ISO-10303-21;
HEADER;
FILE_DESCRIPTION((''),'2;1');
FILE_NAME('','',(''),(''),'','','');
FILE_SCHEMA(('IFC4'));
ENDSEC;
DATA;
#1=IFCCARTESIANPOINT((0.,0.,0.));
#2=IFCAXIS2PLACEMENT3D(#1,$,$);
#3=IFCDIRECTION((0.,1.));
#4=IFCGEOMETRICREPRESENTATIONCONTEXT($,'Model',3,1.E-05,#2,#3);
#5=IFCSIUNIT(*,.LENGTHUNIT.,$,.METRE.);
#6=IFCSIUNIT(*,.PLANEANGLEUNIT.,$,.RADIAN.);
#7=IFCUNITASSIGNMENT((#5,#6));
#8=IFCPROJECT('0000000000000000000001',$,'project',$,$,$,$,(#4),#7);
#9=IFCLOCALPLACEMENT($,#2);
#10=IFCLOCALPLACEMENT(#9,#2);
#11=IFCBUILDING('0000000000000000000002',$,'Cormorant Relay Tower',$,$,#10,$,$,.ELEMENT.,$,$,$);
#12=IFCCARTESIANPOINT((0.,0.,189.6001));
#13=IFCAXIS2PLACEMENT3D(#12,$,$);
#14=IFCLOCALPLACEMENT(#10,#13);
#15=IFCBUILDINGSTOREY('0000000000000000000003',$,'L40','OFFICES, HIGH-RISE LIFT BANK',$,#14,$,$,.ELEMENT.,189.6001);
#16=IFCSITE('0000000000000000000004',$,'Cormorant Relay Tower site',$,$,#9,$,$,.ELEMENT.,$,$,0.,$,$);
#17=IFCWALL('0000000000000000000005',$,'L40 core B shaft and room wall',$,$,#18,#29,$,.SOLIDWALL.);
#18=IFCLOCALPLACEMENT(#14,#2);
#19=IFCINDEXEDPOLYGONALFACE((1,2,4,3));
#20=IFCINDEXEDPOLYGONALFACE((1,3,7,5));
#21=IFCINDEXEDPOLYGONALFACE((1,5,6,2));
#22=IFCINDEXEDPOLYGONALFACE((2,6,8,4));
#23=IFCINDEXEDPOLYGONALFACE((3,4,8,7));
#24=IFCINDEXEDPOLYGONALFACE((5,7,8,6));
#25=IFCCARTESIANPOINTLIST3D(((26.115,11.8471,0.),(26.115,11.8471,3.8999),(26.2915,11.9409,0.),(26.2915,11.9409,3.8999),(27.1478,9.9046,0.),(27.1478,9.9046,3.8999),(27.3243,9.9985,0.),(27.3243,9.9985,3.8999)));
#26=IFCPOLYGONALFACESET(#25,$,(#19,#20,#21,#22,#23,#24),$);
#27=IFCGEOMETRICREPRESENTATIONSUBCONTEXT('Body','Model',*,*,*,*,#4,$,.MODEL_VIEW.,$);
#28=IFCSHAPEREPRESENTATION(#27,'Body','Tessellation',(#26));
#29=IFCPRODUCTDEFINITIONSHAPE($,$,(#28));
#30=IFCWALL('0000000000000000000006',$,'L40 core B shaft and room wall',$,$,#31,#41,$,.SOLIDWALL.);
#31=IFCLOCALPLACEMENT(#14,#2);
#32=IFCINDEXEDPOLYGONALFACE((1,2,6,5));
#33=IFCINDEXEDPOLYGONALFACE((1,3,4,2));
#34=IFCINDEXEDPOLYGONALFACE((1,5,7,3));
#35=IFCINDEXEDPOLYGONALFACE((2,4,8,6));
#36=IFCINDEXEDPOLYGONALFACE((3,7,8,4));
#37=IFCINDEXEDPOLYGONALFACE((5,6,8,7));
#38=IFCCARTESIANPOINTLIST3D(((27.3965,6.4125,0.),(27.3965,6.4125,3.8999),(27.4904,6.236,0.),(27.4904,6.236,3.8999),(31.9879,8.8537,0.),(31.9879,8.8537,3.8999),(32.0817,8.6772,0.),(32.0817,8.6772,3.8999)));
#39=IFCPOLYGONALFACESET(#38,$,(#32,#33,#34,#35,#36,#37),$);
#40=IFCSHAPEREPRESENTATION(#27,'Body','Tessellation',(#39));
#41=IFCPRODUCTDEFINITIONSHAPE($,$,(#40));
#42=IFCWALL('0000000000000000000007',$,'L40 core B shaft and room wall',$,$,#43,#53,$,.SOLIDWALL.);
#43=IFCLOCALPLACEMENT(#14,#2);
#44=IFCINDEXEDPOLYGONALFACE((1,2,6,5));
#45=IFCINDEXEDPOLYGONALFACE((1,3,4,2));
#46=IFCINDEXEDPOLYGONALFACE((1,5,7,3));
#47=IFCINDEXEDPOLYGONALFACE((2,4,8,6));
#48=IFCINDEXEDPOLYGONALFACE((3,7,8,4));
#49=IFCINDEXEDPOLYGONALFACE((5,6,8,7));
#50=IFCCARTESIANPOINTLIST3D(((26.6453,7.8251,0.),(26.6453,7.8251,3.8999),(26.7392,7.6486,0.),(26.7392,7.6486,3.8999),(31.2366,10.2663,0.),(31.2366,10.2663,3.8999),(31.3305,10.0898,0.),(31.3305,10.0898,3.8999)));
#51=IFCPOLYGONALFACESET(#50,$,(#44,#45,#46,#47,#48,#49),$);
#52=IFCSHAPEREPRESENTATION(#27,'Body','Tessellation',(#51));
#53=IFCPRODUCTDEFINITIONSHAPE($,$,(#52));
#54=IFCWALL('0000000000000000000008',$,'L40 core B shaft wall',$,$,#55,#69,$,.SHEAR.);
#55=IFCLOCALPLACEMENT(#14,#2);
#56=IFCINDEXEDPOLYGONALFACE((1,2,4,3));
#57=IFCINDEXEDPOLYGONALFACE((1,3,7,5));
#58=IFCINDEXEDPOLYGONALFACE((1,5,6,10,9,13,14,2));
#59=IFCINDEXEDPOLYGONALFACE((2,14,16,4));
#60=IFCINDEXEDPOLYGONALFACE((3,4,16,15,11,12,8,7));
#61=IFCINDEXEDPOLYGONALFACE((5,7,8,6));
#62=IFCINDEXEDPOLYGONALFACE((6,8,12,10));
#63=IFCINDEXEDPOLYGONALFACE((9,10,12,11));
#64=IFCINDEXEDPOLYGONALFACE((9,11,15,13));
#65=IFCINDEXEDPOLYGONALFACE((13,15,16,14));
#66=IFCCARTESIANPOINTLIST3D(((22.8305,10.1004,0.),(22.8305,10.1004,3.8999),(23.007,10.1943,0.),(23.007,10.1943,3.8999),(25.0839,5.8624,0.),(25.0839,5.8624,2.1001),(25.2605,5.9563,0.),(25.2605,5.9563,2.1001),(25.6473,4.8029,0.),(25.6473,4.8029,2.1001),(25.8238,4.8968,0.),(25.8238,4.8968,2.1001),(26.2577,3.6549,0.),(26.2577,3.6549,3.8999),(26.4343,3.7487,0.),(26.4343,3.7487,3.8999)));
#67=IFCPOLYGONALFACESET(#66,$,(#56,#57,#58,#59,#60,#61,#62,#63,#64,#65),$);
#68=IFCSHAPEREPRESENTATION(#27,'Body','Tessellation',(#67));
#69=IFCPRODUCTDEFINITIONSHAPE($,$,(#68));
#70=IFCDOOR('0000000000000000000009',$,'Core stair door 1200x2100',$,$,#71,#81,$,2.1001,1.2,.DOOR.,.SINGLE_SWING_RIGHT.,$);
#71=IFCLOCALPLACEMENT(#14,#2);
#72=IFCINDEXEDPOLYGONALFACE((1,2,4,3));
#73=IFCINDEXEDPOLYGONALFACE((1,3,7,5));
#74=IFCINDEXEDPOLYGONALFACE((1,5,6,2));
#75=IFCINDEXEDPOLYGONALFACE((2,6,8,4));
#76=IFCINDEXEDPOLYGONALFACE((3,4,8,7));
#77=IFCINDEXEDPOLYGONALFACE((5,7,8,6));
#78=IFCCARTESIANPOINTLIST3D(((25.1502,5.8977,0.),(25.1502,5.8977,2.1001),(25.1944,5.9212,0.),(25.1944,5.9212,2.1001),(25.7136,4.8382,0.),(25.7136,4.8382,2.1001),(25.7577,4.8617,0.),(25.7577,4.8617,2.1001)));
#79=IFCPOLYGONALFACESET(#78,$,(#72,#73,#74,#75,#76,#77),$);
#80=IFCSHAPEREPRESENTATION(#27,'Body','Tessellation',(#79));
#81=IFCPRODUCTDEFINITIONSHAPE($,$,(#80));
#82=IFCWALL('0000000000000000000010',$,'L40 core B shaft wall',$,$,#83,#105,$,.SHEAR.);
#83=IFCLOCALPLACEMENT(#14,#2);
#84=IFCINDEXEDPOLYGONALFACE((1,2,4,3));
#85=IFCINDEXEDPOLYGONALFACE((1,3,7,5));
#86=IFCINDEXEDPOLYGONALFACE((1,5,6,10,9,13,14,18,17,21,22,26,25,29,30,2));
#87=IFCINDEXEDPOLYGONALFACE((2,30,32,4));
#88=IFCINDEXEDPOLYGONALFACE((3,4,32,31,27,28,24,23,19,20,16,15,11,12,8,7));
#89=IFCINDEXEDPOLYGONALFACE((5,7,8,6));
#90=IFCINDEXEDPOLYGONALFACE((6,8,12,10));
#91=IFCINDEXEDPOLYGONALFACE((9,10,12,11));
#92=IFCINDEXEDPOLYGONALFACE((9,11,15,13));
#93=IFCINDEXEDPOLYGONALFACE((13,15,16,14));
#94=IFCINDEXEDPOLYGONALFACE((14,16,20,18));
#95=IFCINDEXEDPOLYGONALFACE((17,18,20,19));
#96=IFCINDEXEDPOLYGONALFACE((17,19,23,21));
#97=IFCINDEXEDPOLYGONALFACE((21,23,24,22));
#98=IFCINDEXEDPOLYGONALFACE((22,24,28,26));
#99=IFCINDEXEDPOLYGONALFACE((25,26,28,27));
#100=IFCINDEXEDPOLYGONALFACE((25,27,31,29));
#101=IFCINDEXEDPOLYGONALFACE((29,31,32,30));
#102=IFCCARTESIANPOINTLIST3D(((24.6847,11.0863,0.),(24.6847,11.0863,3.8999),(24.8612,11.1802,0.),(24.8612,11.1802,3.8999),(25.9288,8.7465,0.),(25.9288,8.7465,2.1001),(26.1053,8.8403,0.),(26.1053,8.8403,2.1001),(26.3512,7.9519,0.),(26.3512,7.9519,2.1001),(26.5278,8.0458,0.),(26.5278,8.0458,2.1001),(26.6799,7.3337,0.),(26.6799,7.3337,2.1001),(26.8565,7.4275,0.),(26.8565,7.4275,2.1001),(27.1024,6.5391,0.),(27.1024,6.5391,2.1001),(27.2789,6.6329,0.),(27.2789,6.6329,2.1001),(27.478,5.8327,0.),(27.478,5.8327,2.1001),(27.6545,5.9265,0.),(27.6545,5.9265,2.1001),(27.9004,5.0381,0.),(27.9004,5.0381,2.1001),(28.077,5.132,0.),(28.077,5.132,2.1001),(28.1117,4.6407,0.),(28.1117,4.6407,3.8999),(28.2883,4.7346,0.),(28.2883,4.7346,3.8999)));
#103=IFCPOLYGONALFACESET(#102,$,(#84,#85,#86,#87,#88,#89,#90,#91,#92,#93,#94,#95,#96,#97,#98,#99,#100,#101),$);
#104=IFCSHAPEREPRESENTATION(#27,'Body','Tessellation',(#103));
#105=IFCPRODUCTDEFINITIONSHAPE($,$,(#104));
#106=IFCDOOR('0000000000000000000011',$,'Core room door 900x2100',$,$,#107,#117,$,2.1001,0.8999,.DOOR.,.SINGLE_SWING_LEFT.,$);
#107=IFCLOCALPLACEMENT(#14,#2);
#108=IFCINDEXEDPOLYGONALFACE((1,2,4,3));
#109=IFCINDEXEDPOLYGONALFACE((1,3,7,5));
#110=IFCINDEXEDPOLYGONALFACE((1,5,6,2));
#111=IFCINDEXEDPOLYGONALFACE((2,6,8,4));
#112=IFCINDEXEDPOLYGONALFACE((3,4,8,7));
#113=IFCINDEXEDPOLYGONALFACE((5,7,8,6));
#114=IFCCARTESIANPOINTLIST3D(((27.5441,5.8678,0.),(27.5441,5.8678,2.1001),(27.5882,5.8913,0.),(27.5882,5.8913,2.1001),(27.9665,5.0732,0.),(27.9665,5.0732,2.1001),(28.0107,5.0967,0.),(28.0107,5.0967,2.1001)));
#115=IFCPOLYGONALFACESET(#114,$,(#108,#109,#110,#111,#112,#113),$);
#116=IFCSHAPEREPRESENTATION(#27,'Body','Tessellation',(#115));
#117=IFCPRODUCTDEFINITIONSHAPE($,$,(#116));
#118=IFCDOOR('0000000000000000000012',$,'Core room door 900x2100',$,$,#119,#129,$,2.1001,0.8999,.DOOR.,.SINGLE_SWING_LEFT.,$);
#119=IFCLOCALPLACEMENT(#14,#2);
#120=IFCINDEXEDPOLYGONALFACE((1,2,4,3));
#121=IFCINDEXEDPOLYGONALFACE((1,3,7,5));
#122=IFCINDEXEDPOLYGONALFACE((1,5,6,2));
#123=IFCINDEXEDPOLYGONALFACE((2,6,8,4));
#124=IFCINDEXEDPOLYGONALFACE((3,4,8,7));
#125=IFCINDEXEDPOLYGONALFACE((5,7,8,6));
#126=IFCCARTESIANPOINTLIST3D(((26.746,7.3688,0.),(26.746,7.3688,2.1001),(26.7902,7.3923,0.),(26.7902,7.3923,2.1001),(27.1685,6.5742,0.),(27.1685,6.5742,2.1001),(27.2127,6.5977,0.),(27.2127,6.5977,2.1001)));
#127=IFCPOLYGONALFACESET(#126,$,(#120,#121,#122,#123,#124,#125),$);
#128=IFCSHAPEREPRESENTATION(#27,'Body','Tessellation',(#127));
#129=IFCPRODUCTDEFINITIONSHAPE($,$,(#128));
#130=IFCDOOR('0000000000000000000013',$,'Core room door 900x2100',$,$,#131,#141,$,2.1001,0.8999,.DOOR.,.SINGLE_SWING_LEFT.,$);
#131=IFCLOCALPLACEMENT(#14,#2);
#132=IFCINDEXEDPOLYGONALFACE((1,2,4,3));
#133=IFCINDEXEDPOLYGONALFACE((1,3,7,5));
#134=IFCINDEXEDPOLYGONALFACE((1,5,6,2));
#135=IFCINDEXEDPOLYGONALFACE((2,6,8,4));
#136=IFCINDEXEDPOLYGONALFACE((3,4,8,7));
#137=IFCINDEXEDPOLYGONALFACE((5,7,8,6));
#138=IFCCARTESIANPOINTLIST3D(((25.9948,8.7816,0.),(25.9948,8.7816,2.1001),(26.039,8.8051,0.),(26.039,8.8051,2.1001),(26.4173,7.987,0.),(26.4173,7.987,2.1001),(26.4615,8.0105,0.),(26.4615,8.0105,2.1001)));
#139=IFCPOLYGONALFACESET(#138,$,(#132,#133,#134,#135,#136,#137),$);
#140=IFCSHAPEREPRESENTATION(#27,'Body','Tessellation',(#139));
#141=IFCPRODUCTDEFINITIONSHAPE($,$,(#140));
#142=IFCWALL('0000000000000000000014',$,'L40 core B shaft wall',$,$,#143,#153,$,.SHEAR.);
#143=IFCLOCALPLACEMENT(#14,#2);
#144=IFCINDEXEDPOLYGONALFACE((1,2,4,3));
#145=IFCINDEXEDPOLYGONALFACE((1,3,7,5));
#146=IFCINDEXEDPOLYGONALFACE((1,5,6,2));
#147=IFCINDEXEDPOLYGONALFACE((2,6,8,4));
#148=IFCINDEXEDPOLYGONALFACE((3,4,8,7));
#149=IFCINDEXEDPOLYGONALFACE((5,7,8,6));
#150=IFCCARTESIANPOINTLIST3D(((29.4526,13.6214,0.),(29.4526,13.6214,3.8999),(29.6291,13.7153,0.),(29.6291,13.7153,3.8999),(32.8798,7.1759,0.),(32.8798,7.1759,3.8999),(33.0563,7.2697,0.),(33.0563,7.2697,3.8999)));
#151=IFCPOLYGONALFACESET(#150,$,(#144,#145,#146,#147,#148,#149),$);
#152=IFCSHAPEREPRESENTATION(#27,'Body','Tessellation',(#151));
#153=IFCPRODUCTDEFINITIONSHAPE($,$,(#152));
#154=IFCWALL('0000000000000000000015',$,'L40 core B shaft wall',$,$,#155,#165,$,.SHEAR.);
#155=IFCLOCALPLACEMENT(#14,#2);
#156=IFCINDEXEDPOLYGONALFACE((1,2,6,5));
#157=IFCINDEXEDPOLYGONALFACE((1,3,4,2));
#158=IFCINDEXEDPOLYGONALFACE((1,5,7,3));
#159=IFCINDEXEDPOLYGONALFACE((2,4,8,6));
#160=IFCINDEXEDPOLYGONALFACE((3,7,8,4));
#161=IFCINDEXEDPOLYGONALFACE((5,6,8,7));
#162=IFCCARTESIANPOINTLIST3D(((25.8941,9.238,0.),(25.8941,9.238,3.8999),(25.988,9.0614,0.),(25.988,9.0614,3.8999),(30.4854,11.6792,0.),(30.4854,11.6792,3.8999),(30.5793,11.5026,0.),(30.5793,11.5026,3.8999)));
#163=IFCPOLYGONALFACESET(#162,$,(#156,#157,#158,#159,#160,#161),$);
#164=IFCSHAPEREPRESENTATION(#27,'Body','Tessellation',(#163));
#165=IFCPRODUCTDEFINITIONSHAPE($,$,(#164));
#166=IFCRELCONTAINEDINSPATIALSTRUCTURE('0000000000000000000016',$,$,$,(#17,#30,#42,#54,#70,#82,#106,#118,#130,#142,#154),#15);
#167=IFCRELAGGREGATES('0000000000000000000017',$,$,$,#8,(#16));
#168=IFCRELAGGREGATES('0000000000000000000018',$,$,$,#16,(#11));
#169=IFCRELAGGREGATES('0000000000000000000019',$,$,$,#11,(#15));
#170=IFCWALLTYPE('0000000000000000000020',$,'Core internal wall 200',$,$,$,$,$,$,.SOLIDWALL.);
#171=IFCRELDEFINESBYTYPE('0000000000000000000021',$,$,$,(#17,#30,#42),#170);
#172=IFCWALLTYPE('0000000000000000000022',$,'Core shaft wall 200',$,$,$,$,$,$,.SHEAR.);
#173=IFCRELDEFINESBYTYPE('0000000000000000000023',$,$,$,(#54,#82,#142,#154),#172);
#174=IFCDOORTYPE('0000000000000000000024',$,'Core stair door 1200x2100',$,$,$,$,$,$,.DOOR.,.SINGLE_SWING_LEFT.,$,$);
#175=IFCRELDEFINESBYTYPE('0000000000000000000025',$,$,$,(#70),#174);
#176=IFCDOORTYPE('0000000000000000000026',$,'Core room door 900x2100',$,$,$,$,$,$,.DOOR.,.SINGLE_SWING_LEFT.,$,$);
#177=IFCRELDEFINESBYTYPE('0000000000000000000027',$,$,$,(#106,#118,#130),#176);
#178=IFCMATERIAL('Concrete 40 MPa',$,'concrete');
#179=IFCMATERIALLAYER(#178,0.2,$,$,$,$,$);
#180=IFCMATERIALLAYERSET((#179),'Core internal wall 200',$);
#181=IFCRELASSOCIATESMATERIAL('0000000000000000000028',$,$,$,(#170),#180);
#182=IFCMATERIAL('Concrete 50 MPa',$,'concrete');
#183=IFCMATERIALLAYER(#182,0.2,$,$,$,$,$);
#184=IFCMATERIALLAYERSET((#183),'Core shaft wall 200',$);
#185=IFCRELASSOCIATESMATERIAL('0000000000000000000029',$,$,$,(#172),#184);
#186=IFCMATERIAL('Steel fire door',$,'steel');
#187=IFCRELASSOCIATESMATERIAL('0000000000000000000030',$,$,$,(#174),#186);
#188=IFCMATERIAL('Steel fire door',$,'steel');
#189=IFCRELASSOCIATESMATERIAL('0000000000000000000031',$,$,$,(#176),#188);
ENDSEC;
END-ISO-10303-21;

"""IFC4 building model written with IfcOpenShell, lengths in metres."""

from ifc_helpers import new_model, si_unit, direction, frame, frame_2d, origin, place, context, subcontext, project, spatial, rectangle, extrude, material, layer, layer_set, type_object, element, fill, save


model = new_model("IFC4")

# Units and contexts
model_context = context("Model", 3, precision=1e-05, world=origin(), true_north=direction((0.0, 1.0)))
body_context = subcontext(model_context, "Body", "Model", "MODEL_VIEW")
ifc_project = project(units=[si_unit("LENGTHUNIT", "METRE"), si_unit("PLANEANGLEUNIT", "RADIAN")], contexts=[model_context])

# Site, building, storey
site_placement = place(None, origin())
site = spatial("IfcSite", under=ifc_project, at=site_placement, Name="Cormorant Relay Tower site", CompositionType="ELEMENT", RefElevation=0.0)
building_placement = place(site_placement, origin())
building = spatial("IfcBuilding", under=site, at=building_placement, Name="Cormorant Relay Tower", CompositionType="ELEMENT")
storey_placement = place(building_placement, frame((0.0, 0.0, 189.6001)))
storey = spatial("IfcBuildingStorey", under=building, at=storey_placement, Name="L40", Description="OFFICES, HIGH-RISE LIFT BANK", CompositionType="ELEMENT", Elevation=189.6001)

# Walls
ifc_material_1 = material(Name="Concrete 40 MPa", Category="concrete")
ifc_layer_1 = layer(ifc_material_1, 0.2)
ifc_layer_set_1 = layer_set([ifc_layer_1], Name="Core internal wall 200")
wall_type_1 = type_object("IfcWallType", Name="Core internal wall 200", PredefinedType="SOLIDWALL", material=ifc_layer_set_1)
wall_1_placement = place(storey_placement, frame((27.2361, 9.9514, 0.0), z_axis=(0.0, 0.0, 1.0), x_axis=(-0.469447, 0.88296, 0.0)))
element("IfcWall", 1, at=wall_1_placement, inside=storey, type_object=wall_type_1, Name="L40 core B shaft and room wall", PredefinedType="SOLIDWALL", context=body_context, shape_type="SweptSolid", body=[
    extrude(rectangle(XDim=2.2, YDim=0.2, at=frame_2d((1.1001, 0.0))), origin(), (0.0, 0.0, 1.0), 3.8999),
])
for number, where, z_axis, x_axis, name in (
    (2, (27.4434, 6.3242, 0.0), (0.0, 0.0, 1.0), (0.882954, 0.46946, 0.0), "L40 core B shaft and room wall"),
    (3, (26.6921, 7.7368, 0.0), (0.0, 0.0, 1.0), (0.882954, 0.46946, 0.0), "L40 core B shaft and room wall"),
):
    element("IfcWall", number, at=place(storey_placement, frame(where, z_axis=z_axis, x_axis=x_axis)), inside=storey, type_object=wall_type_1, Name=name, PredefinedType="SOLIDWALL", context=body_context, shape_type="SweptSolid", body=[
        extrude(rectangle(XDim=5.2, YDim=0.2, at=frame_2d((2.6001, 0.0))), origin(), (0.0, 0.0, 1.0), 3.8999),
    ])

# Wall, opening, door
ifc_material_2 = material(Name="Concrete 50 MPa", Category="concrete")
ifc_layer_2 = layer(ifc_material_2, 0.2)
ifc_layer_set_2 = layer_set([ifc_layer_2], Name="Core shaft wall 200")
wall_type_2 = type_object("IfcWallType", Name="Core shaft wall 200", PredefinedType="SHEAR", material=ifc_layer_set_2)
wall_2_placement = place(storey_placement, frame((26.3459, 3.7019, 0.0), z_axis=(0.0, 0.0, 1.0), x_axis=(-0.46948, 0.882943, 0.0)))
wall_2 = element("IfcWall", 4, at=wall_2_placement, inside=storey, type_object=wall_type_2, Name="L40 core B shaft wall", PredefinedType="SHEAR", context=body_context, shape_type="SweptSolid", body=[
    extrude(rectangle(XDim=7.3, YDim=0.2, at=frame_2d((3.6499, 0.0))), origin(), (0.0, 0.0, 1.0), 3.8999),
])
opening_1_placement = place(wall_2_placement, frame((1.3, 0.0, 0.0)))
opening_1 = element("IfcOpeningElement", 5, at=opening_1_placement, cuts=wall_2, PredefinedType="OPENING", context=body_context, shape_type="SweptSolid", body=[
    extrude(rectangle(XDim=1.2, YDim=2.1001, at=frame_2d((0.6001, 1.05))), frame((0.0, 0.1099, 0.0), z_axis=(0.0, -1.0, 0.0), x_axis=(1.0, 0.0, 0.0)), (0.0, 0.0, 1.0), 0.22),
])
ifc_material_3 = material(Name="Steel fire door", Category="steel")
door_type_1 = type_object("IfcDoorType", Name="Core stair door 1200x2100", OperationType="SINGLE_SWING_LEFT", PredefinedType="DOOR", material=ifc_material_3)
door_1_placement = place(opening_1_placement, origin())
door_1 = element("IfcDoor", 6, at=door_1_placement, inside=storey, type_object=door_type_1, Name="Core stair door 1200x2100", OperationType="SINGLE_SWING_RIGHT", OverallHeight=2.1001, OverallWidth=1.2, PredefinedType="DOOR", context=body_context, shape_type="SweptSolid", body=[
    extrude(rectangle(XDim=1.2, YDim=2.1001, at=frame_2d((0.6001, 1.05))), frame((0.0, 0.0249, 0.0), z_axis=(0.0, -1.0, 0.0), x_axis=(1.0, 0.0, 0.0)), (0.0, 0.0, 1.0), 0.05),
])
fill(opening_1, door_1)

# Wall, openings, doors
wall_3_placement = place(storey_placement, frame((28.2, 4.6877, 0.0), z_axis=(0.0, 0.0, 1.0), x_axis=(-0.469454, 0.882957, 0.0)))
wall_3 = element("IfcWall", 7, at=wall_3_placement, inside=storey, type_object=wall_type_2, Name="L40 core B shaft wall", PredefinedType="SHEAR", context=body_context, shape_type="SweptSolid", body=[
    extrude(rectangle(XDim=7.3, YDim=0.2, at=frame_2d((3.6499, 0.0))), origin(), (0.0, 0.0, 1.0), 3.8999),
])
opening_2_placement = place(wall_3_placement, frame((0.45, 0.0, 0.0)))
opening_2 = element("IfcOpeningElement", 8, at=opening_2_placement, cuts=wall_3, PredefinedType="OPENING", context=body_context, shape_type="SweptSolid", body=[
    extrude(rectangle(XDim=0.8999, YDim=2.1001, at=frame_2d((0.45, 1.05))), frame((0.0, 0.1099, 0.0), z_axis=(0.0, -1.0, 0.0), x_axis=(1.0, 0.0, 0.0)), (0.0, 0.0, 1.0), 0.22),
])
opening_3_placement = place(wall_3_placement, frame((2.1499, 0.0, 0.0)))
opening_3 = element("IfcOpeningElement", 9, at=opening_3_placement, cuts=wall_3, PredefinedType="OPENING", context=body_context, shape_type="SweptSolid", body=[
    extrude(rectangle(XDim=0.8999, YDim=2.1001, at=frame_2d((0.45, 1.05))), frame((0.0, 0.1099, 0.0), z_axis=(0.0, -1.0, 0.0), x_axis=(1.0, 0.0, 0.0)), (0.0, 0.0, 1.0), 0.22),
])
opening_4_placement = place(wall_3_placement, frame((3.75, 0.0, 0.0)))
opening_4 = element("IfcOpeningElement", 10, at=opening_4_placement, cuts=wall_3, PredefinedType="OPENING", context=body_context, shape_type="SweptSolid", body=[
    extrude(rectangle(XDim=0.8999, YDim=2.1001, at=frame_2d((0.45, 1.05))), frame((0.0, 0.1099, 0.0), z_axis=(0.0, -1.0, 0.0), x_axis=(1.0, 0.0, 0.0)), (0.0, 0.0, 1.0), 0.22),
])
ifc_material_4 = material(Name="Steel fire door", Category="steel")
door_type_2 = type_object("IfcDoorType", Name="Core room door 900x2100", OperationType="SINGLE_SWING_LEFT", PredefinedType="DOOR", material=ifc_material_4)
door_2_placement = place(opening_2_placement, frame((0.8999, 0.0, 0.0), z_axis=(0.0, 0.0, 1.0), x_axis=(-1.0, 0.0, 0.0)))
door_2 = element("IfcDoor", 11, at=door_2_placement, inside=storey, type_object=door_type_2, Name="Core room door 900x2100", OperationType="SINGLE_SWING_LEFT", OverallHeight=2.1001, OverallWidth=0.8999, PredefinedType="DOOR", context=body_context, shape_type="SweptSolid", body=[
    extrude(rectangle(XDim=0.8999, YDim=2.1001, at=frame_2d((0.45, 1.05))), frame((0.0, 0.0249, 0.0), z_axis=(0.0, -1.0, 0.0), x_axis=(1.0, 0.0, 0.0)), (0.0, 0.0, 1.0), 0.05),
])
fill(opening_2, door_2)
door_3_placement = place(opening_3_placement, frame((0.8999, 0.0, 0.0), z_axis=(0.0, 0.0, 1.0), x_axis=(-1.0, 0.0, 0.0)))
door_3 = element("IfcDoor", 12, at=door_3_placement, inside=storey, type_object=door_type_2, Name="Core room door 900x2100", OperationType="SINGLE_SWING_LEFT", OverallHeight=2.1001, OverallWidth=0.8999, PredefinedType="DOOR", context=body_context, shape_type="SweptSolid", body=[
    extrude(rectangle(XDim=0.8999, YDim=2.1001, at=frame_2d((0.45, 1.05))), frame((0.0, 0.0249, 0.0), z_axis=(0.0, -1.0, 0.0), x_axis=(1.0, 0.0, 0.0)), (0.0, 0.0, 1.0), 0.05),
])
fill(opening_3, door_3)
door_4_placement = place(opening_4_placement, frame((0.8999, 0.0, 0.0), z_axis=(0.0, 0.0, 1.0), x_axis=(-1.0, 0.0, 0.0)))
door_4 = element("IfcDoor", 13, at=door_4_placement, inside=storey, type_object=door_type_2, Name="Core room door 900x2100", OperationType="SINGLE_SWING_LEFT", OverallHeight=2.1001, OverallWidth=0.8999, PredefinedType="DOOR", context=body_context, shape_type="SweptSolid", body=[
    extrude(rectangle(XDim=0.8999, YDim=2.1001, at=frame_2d((0.45, 1.05))), frame((0.0, 0.0249, 0.0), z_axis=(0.0, -1.0, 0.0), x_axis=(1.0, 0.0, 0.0)), (0.0, 0.0, 1.0), 0.05),
])
fill(opening_4, door_4)

# Wall
wall_4_placement = place(storey_placement, frame((32.968, 7.2229, 0.0), z_axis=(0.0, 0.0, 1.0), x_axis=(-0.46948, 0.882943, 0.0)))
element("IfcWall", 14, at=wall_4_placement, inside=storey, type_object=wall_type_2, Name="L40 core B shaft wall", PredefinedType="SHEAR", context=body_context, shape_type="SweptSolid", body=[
    extrude(rectangle(XDim=7.3, YDim=0.2, at=frame_2d((3.6499, 0.0))), origin(), (0.0, 0.0, 1.0), 3.8999),
])

# Wall
wall_5_placement = place(storey_placement, frame((25.9409, 9.1497, 0.0), z_axis=(0.0, 0.0, 1.0), x_axis=(0.882954, 0.46946, 0.0)))
element("IfcWall", 15, at=wall_5_placement, inside=storey, type_object=wall_type_2, Name="L40 core B shaft wall", PredefinedType="SHEAR", context=body_context, shape_type="SweptSolid", body=[
    extrude(rectangle(XDim=5.2, YDim=0.2, at=frame_2d((2.6001, 0.0))), origin(), (0.0, 0.0, 1.0), 3.8999),
])

save(model, "model.ifc")
